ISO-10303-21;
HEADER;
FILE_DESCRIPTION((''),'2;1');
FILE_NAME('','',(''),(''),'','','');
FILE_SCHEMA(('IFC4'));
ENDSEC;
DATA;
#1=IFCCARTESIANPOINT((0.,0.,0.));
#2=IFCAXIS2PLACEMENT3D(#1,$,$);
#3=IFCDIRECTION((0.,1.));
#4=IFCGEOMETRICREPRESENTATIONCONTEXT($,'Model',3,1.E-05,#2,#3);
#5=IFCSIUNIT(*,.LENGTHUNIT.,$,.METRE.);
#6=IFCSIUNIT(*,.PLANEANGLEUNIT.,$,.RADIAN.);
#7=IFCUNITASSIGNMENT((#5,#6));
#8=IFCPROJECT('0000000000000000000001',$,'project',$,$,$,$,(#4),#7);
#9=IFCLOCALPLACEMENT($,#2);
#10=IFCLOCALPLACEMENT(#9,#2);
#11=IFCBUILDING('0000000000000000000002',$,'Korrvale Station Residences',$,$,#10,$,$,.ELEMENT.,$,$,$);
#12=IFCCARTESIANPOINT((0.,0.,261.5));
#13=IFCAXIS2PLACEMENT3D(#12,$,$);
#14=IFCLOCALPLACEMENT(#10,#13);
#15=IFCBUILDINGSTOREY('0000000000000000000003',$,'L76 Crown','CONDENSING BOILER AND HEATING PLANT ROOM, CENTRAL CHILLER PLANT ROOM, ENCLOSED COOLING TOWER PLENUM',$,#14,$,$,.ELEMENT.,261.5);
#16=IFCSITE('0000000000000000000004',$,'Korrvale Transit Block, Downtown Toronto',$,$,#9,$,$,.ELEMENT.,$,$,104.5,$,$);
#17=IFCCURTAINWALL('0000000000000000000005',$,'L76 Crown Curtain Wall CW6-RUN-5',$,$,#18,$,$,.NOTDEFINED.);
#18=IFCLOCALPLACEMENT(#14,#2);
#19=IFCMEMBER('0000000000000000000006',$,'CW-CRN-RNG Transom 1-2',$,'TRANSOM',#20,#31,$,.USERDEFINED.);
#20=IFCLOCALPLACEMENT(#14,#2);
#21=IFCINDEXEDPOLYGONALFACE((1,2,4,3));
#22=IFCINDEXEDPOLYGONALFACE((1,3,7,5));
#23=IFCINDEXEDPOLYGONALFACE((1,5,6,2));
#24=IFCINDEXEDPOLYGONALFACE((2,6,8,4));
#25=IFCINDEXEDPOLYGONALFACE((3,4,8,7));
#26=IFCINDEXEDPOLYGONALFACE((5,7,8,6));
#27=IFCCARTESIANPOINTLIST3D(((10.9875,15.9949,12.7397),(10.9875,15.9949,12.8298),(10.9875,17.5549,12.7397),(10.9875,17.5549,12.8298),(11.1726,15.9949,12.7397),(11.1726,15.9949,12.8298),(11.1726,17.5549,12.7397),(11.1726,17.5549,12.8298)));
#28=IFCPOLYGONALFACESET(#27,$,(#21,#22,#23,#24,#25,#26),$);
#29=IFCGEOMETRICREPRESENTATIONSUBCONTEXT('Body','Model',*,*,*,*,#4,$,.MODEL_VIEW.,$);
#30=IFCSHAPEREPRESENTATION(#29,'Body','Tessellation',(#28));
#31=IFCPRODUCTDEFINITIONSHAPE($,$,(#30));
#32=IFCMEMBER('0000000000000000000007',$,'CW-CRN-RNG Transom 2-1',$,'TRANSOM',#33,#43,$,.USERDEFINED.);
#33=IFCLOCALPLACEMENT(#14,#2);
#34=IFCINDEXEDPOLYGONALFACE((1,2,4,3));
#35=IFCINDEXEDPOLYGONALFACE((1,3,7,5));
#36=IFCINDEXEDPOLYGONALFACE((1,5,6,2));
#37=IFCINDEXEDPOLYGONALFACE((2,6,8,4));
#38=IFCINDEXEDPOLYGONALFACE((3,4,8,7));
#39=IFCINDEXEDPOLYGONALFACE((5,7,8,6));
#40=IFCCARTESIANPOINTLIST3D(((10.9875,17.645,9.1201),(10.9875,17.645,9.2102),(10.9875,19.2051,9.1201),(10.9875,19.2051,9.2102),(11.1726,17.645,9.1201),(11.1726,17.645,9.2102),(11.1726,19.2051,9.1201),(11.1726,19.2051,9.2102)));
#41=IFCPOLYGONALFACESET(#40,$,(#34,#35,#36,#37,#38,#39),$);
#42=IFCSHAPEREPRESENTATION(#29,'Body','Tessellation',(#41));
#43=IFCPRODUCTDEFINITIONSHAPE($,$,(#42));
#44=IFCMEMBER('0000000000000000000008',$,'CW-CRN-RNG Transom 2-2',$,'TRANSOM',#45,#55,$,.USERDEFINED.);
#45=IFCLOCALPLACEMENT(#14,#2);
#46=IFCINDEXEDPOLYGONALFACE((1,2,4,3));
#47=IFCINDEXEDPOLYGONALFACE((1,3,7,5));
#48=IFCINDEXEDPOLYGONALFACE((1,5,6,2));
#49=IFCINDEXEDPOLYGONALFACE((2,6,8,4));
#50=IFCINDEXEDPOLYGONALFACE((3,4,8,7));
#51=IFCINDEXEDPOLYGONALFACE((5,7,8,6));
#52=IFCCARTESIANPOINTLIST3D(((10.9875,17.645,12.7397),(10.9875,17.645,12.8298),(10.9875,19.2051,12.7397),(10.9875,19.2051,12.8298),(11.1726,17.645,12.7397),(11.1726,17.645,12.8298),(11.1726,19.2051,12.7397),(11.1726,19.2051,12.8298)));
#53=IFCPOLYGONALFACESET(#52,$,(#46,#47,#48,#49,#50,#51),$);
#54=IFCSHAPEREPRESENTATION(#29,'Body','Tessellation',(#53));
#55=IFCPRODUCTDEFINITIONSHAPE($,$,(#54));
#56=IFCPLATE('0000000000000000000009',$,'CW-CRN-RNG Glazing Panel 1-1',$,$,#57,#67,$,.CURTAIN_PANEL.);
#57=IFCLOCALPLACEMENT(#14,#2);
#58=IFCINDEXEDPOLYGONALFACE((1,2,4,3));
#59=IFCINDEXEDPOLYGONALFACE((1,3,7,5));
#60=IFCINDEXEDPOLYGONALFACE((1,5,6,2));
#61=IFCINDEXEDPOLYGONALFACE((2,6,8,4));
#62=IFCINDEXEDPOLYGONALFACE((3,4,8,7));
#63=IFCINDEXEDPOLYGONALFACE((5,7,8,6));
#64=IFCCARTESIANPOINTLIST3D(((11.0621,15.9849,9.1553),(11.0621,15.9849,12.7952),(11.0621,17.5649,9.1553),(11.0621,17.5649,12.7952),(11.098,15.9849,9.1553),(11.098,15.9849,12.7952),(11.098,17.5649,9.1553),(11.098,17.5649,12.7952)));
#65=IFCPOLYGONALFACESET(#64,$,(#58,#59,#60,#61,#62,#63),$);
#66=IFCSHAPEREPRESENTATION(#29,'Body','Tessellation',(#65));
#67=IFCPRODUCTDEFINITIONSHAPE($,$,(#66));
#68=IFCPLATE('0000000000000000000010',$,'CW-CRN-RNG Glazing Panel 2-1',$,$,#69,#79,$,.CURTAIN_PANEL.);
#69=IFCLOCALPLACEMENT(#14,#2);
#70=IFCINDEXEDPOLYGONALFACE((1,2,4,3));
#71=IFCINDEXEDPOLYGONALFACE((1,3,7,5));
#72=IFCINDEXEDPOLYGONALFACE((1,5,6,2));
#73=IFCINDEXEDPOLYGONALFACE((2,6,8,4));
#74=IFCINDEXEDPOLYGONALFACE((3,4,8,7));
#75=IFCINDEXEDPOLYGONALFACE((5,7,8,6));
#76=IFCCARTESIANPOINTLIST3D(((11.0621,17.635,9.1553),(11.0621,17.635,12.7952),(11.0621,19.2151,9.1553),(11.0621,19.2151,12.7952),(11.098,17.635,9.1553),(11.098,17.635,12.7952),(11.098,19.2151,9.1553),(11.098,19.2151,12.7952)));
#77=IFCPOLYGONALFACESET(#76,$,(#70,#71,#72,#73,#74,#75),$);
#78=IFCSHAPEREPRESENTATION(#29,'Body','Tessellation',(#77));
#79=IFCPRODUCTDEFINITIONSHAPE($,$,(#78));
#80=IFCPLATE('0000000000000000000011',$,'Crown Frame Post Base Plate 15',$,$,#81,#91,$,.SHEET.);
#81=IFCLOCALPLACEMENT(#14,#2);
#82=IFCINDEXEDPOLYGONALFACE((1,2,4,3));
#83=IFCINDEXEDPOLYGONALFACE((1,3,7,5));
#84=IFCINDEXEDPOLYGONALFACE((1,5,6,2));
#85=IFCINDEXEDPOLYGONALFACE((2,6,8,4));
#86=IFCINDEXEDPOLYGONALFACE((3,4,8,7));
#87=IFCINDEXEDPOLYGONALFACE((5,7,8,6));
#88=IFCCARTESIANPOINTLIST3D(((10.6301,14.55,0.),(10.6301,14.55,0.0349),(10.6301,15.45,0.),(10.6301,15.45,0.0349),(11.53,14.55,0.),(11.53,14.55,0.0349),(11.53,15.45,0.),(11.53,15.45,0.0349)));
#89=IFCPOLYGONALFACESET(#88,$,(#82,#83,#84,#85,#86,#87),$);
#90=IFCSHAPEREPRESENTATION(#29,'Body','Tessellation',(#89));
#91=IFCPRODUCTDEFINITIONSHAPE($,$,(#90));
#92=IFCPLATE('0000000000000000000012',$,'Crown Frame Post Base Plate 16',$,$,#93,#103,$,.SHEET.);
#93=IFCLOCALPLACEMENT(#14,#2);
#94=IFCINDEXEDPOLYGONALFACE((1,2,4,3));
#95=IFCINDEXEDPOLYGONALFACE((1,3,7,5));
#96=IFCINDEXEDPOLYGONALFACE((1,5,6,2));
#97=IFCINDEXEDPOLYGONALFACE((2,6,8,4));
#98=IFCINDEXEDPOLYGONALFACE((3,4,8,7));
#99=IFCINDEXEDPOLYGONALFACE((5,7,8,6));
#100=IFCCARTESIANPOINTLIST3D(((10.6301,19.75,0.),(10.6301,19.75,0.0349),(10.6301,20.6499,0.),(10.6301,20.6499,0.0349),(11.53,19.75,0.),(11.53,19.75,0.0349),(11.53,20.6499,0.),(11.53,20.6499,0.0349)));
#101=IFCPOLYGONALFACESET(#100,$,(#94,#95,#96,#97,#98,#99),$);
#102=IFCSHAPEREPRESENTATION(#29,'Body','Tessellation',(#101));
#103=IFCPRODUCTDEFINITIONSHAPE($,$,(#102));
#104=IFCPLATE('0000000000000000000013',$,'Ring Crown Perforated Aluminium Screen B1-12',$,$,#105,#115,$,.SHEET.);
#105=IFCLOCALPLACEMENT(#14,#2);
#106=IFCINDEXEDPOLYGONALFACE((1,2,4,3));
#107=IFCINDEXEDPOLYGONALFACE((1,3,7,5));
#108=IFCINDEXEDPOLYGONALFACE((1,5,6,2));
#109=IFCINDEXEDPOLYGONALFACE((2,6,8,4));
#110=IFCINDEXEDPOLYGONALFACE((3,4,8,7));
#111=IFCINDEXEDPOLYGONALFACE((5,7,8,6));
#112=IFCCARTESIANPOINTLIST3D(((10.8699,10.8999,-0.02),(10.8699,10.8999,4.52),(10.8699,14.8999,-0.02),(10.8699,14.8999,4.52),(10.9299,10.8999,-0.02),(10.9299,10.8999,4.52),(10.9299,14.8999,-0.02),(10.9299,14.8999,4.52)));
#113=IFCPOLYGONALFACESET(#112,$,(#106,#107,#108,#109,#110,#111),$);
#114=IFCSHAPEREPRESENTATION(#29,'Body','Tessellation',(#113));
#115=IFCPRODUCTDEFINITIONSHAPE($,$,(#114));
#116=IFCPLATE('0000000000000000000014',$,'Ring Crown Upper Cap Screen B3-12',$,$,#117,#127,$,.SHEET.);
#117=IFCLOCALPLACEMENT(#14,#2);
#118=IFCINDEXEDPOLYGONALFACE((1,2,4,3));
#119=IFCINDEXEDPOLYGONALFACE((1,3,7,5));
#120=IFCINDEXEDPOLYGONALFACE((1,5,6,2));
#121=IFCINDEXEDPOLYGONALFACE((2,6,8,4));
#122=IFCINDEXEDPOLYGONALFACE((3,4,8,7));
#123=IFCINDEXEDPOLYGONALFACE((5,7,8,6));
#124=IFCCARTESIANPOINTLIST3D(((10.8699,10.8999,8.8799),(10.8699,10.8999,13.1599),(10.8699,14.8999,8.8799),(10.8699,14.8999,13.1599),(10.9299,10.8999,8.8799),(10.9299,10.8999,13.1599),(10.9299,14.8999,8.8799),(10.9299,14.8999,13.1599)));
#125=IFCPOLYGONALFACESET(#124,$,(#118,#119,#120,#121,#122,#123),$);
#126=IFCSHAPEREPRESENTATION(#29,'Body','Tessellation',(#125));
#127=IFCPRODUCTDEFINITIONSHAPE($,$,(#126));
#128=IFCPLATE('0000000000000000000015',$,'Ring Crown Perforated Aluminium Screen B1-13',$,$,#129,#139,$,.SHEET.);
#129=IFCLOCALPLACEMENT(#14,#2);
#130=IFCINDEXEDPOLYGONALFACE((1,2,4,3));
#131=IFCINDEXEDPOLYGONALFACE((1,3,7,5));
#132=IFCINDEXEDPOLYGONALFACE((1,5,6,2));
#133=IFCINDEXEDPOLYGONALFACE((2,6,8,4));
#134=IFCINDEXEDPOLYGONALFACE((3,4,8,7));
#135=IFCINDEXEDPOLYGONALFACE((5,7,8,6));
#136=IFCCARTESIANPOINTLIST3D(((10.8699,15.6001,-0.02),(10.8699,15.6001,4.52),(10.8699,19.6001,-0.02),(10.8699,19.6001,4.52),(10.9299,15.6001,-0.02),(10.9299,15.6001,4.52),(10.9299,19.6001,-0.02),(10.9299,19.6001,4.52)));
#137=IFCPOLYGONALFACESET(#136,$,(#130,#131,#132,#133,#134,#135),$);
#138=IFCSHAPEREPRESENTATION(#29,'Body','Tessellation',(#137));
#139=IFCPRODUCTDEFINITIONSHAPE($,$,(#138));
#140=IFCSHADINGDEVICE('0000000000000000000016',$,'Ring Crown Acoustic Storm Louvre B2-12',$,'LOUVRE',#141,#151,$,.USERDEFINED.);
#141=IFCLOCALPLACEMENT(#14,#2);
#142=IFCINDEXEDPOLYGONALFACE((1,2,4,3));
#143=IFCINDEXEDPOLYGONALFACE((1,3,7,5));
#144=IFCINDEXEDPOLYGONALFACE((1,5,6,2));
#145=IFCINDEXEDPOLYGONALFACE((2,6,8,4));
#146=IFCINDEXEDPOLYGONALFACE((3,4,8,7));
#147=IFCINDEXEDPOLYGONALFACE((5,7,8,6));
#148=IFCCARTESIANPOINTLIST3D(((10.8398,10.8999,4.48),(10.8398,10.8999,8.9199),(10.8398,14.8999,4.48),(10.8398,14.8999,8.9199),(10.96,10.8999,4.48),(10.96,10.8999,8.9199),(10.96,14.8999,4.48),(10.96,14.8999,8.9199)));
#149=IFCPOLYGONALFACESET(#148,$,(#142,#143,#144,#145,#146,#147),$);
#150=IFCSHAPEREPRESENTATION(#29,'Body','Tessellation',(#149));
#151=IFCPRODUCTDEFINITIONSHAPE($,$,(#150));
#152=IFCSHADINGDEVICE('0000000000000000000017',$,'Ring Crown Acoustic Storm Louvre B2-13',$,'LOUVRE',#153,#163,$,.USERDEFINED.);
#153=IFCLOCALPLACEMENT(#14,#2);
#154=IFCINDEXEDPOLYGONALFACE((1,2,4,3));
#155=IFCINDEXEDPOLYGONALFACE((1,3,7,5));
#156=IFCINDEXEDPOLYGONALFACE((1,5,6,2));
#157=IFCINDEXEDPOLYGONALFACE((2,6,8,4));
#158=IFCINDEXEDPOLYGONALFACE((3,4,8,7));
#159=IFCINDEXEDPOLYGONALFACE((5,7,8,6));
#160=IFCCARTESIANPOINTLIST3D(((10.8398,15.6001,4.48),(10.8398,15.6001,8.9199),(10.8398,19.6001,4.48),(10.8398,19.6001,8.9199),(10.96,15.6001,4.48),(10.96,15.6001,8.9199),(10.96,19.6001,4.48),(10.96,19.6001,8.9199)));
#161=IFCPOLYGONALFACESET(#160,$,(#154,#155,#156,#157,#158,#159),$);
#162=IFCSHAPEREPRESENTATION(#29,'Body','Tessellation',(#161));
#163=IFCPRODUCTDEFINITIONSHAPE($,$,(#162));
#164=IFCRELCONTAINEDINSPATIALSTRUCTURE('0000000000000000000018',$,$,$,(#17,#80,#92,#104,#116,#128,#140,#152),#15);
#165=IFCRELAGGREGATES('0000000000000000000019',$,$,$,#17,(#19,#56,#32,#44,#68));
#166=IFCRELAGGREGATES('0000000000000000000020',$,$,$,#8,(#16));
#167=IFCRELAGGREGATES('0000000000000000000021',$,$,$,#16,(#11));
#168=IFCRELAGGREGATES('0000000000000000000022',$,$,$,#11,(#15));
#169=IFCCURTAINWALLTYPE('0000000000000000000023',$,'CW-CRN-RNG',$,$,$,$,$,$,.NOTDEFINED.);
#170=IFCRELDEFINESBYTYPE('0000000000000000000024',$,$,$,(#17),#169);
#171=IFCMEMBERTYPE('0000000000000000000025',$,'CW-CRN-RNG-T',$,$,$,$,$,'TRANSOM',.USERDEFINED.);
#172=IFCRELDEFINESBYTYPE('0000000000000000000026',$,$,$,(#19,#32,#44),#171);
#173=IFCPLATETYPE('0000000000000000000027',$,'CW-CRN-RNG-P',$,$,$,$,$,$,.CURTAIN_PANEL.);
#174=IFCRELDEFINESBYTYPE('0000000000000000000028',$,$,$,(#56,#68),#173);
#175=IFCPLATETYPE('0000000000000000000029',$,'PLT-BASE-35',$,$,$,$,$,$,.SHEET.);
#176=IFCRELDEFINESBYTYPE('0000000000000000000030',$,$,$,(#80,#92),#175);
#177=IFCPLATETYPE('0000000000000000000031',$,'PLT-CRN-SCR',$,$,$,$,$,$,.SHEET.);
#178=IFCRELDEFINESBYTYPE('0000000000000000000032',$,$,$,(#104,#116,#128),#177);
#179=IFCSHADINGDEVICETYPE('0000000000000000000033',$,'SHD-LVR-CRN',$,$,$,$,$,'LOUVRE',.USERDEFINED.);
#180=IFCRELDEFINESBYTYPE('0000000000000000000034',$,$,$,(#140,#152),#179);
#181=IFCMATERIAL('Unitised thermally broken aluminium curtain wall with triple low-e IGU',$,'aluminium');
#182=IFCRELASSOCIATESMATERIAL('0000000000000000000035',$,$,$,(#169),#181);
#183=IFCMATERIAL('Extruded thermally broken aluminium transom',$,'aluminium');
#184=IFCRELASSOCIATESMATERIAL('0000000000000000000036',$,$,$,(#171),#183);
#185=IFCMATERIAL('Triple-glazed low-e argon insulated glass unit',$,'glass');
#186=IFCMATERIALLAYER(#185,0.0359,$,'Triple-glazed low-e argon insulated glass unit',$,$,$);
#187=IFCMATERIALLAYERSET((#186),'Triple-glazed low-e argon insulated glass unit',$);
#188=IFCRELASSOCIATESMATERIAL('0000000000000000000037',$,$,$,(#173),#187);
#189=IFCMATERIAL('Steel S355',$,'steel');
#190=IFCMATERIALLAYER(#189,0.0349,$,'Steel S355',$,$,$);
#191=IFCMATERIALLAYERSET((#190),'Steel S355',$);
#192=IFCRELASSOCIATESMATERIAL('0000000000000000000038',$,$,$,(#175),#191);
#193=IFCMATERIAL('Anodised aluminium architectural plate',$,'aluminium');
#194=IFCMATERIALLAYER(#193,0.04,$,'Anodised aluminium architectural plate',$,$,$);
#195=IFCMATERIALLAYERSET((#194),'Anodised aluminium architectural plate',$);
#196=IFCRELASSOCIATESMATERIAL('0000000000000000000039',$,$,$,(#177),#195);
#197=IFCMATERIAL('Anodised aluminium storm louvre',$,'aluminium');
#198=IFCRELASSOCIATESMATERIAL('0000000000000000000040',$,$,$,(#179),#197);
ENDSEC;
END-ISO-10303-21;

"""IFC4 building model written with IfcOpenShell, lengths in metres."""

from ifc_helpers import new_model, si_unit, direction, frame, origin, origin_2d, place, context, subcontext, project, spatial, rectangle, extrude, material, layer, layer_set, type_object, element, aggregate, save


model = new_model("IFC4")

# Units and contexts
model_context = context("Model", 3, precision=1e-05, world=origin(), true_north=direction((0.0, 1.0)))
body_context = subcontext(model_context, "Body", "Model", "MODEL_VIEW")
ifc_project = project(units=[si_unit("LENGTHUNIT", "METRE"), si_unit("PLANEANGLEUNIT", "RADIAN")], contexts=[model_context])

# Site, building, storey
site_placement = place(None, origin())
site = spatial("IfcSite", under=ifc_project, at=site_placement, Name="Korrvale Transit Block, Downtown Toronto", CompositionType="ELEMENT", RefElevation=104.5)
building_placement = place(site_placement, origin())
building = spatial("IfcBuilding", under=site, at=building_placement, Name="Korrvale Station Residences", CompositionType="ELEMENT")
storey_placement = place(building_placement, frame((0.0, 0.0, 261.5)))
storey = spatial("IfcBuildingStorey", under=building, at=storey_placement, Name="L76 Crown", Description="CONDENSING BOILER AND HEATING PLANT ROOM, CENTRAL CHILLER PLANT ROOM, ENCLOSED COOLING TOWER PLENUM", CompositionType="ELEMENT", Elevation=261.5)

# Shared definitions
ifc_material_1 = material(Name="Steel S355", Category="steel")

# Curtain wall, members, plates
ifc_material_2 = material(Name="Unitised thermally broken aluminium curtain wall with triple low-e IGU", Category="aluminium")
curtain_wall_type = type_object("IfcCurtainWallType", Name="CW-CRN-RNG", PredefinedType="NOTDEFINED", material=ifc_material_2)
curtain_wall_placement = place(storey_placement, origin())
curtain_wall = element("IfcCurtainWall", 1, at=curtain_wall_placement, inside=storey, type_object=curtain_wall_type, Name="L76 Crown Curtain Wall CW6-RUN-5", PredefinedType="NOTDEFINED")
ifc_material_3 = material(Name="Extruded thermally broken aluminium transom", Category="aluminium")
member_type_1 = type_object("IfcMemberType", Name="CW-CRN-RNG-T", ElementType="TRANSOM", PredefinedType="USERDEFINED", material=ifc_material_3)
member_1_placement = place(storey_placement, frame((11.0801, 16.7749, 12.7397), z_axis=(0.0, 0.0, 1.0), x_axis=(0.0, 1.0, 0.0)))
member_1 = element("IfcMember", 2, at=member_1_placement, type_object=member_type_1, Name="CW-CRN-RNG Transom 1-2", ObjectType="TRANSOM", PredefinedType="USERDEFINED", context=body_context, shape_type="SweptSolid", body=[
    extrude(rectangle(XDim=1.5601, YDim=0.1851, at=origin_2d()), origin(), (0.0, 0.0, 1.0), 0.0901),
])
member_2_placement = place(storey_placement, frame((11.0801, 18.425, 9.1201), z_axis=(0.0, 0.0, 1.0), x_axis=(0.0, 1.0, 0.0)))
member_2 = element("IfcMember", 3, at=member_2_placement, type_object=member_type_1, Name="CW-CRN-RNG Transom 2-1", ObjectType="TRANSOM", PredefinedType="USERDEFINED", context=body_context, shape_type="SweptSolid", body=[
    extrude(rectangle(XDim=1.5601, YDim=0.1851, at=origin_2d()), origin(), (0.0, 0.0, 1.0), 0.0901),
])
member_3_placement = place(storey_placement, frame((11.0801, 18.425, 12.7397), z_axis=(0.0, 0.0, 1.0), x_axis=(0.0, 1.0, 0.0)))
member_3 = element("IfcMember", 4, at=member_3_placement, type_object=member_type_1, Name="CW-CRN-RNG Transom 2-2", ObjectType="TRANSOM", PredefinedType="USERDEFINED", context=body_context, shape_type="SweptSolid", body=[
    extrude(rectangle(XDim=1.5601, YDim=0.1851, at=origin_2d()), origin(), (0.0, 0.0, 1.0), 0.0901),
])
ifc_material_4 = material(Name="Triple-glazed low-e argon insulated glass unit", Category="glass")
ifc_layer_1 = layer(ifc_material_4, 0.0359, Name="Triple-glazed low-e argon insulated glass unit")
ifc_layer_set_1 = layer_set([ifc_layer_1], Name="Triple-glazed low-e argon insulated glass unit")
plate_type_1 = type_object("IfcPlateType", Name="CW-CRN-RNG-P", PredefinedType="CURTAIN_PANEL", material=ifc_layer_set_1)
plate_1_placement = place(storey_placement, frame((11.0801, 16.7749, 9.1553), z_axis=(0.0, 0.0, 1.0), x_axis=(0.0, 1.0, 0.0)))
plate_1 = element("IfcPlate", 5, at=plate_1_placement, type_object=plate_type_1, Name="CW-CRN-RNG Glazing Panel 1-1", PredefinedType="CURTAIN_PANEL", context=body_context, shape_type="SweptSolid", body=[
    extrude(rectangle(XDim=1.5801, YDim=0.0359, at=origin_2d()), origin(), (0.0, 0.0, 1.0), 3.6399),
])
plate_2_placement = place(storey_placement, frame((11.0801, 18.425, 9.1553), z_axis=(0.0, 0.0, 1.0), x_axis=(0.0, 1.0, 0.0)))
plate_2 = element("IfcPlate", 6, at=plate_2_placement, type_object=plate_type_1, Name="CW-CRN-RNG Glazing Panel 2-1", PredefinedType="CURTAIN_PANEL", context=body_context, shape_type="SweptSolid", body=[
    extrude(rectangle(XDim=1.5801, YDim=0.0359, at=origin_2d()), origin(), (0.0, 0.0, 1.0), 3.6399),
])
aggregate(curtain_wall, [member_1, plate_1, member_2, member_3, plate_2])

# Plates
ifc_layer_2 = layer(ifc_material_1, 0.0349, Name="Steel S355")
ifc_layer_set_2 = layer_set([ifc_layer_2], Name="Steel S355")
plate_type_2 = type_object("IfcPlateType", Name="PLT-BASE-35", PredefinedType="SHEET", material=ifc_layer_set_2)
for number, where, z_axis, x_axis, name in (
    (7, (11.0801, 15.0, 0.0), (0.0, 0.0, 1.0), (1.0, 0.0, 0.0), "Crown Frame Post Base Plate 15"),
    (8, (11.0801, 20.2, 0.0), (0.0, 0.0, 1.0), (1.0, 0.0, 0.0), "Crown Frame Post Base Plate 16"),
):
    element("IfcPlate", number, at=place(storey_placement, frame(where, z_axis=z_axis, x_axis=x_axis)), inside=storey, type_object=plate_type_2, Name=name, PredefinedType="SHEET", context=body_context, shape_type="SweptSolid", body=[
        extrude(rectangle(XDim=0.8999, YDim=0.8999, at=origin_2d()), origin(), (0.0, 0.0, 1.0), 0.0349),
    ])
ifc_material_5 = material(Name="Anodised aluminium architectural plate", Category="aluminium")
ifc_layer_3 = layer(ifc_material_5, 0.04, Name="Anodised aluminium architectural plate")
ifc_layer_set_3 = layer_set([ifc_layer_3], Name="Anodised aluminium architectural plate")
plate_type_3 = type_object("IfcPlateType", Name="PLT-CRN-SCR", PredefinedType="SHEET", material=ifc_layer_set_3)
plate_3_placement = place(storey_placement, frame((10.8999, 12.8999, -0.02), z_axis=(0.0, 0.0, 1.0), x_axis=(0.0, 1.0, 0.0)))
element("IfcPlate", 9, at=plate_3_placement, inside=storey, type_object=plate_type_3, Name="Ring Crown Perforated Aluminium Screen B1-12", PredefinedType="SHEET", context=body_context, shape_type="SweptSolid", body=[
    extrude(rectangle(XDim=4.0, YDim=0.0601, at=origin_2d()), origin(), (0.0, 0.0, 1.0), 4.54),
])
plate_4_placement = place(storey_placement, frame((10.8999, 12.8999, 8.8799), z_axis=(0.0, 0.0, 1.0), x_axis=(0.0, 1.0, 0.0)))
element("IfcPlate", 10, at=plate_4_placement, inside=storey, type_object=plate_type_3, Name="Ring Crown Upper Cap Screen B3-12", PredefinedType="SHEET", context=body_context, shape_type="SweptSolid", body=[
    extrude(rectangle(XDim=4.0, YDim=0.0601, at=origin_2d()), origin(), (0.0, 0.0, 1.0), 4.28),
])
plate_5_placement = place(storey_placement, frame((10.8999, 17.6001, -0.02), z_axis=(0.0, 0.0, 1.0), x_axis=(0.0, 1.0, 0.0)))
element("IfcPlate", 11, at=plate_5_placement, inside=storey, type_object=plate_type_3, Name="Ring Crown Perforated Aluminium Screen B1-13", PredefinedType="SHEET", context=body_context, shape_type="SweptSolid", body=[
    extrude(rectangle(XDim=4.0, YDim=0.0601, at=origin_2d()), origin(), (0.0, 0.0, 1.0), 4.54),
])

# Shading devices
ifc_material_6 = material(Name="Anodised aluminium storm louvre", Category="aluminium")
shading_device_type = type_object("IfcShadingDeviceType", Name="SHD-LVR-CRN", ElementType="LOUVRE", PredefinedType="USERDEFINED", material=ifc_material_6)
for number, where, z_axis, x_axis, name in (
    (12, (10.8999, 12.8999, 4.48), (0.0, 0.0, 1.0), (0.0, 1.0, 0.0), "Ring Crown Acoustic Storm Louvre B2-12"),
    (13, (10.8999, 17.6001, 4.48), (0.0, 0.0, 1.0), (0.0, 1.0, 0.0), "Ring Crown Acoustic Storm Louvre B2-13"),
):
    element("IfcShadingDevice", number, at=place(storey_placement, frame(where, z_axis=z_axis, x_axis=x_axis)), inside=storey, type_object=shading_device_type, Name=name, ObjectType="LOUVRE", PredefinedType="USERDEFINED", context=body_context, shape_type="SweptSolid", body=[
        extrude(rectangle(XDim=4.0, YDim=0.1201, at=origin_2d()), origin(), (0.0, 0.0, 1.0), 4.4399),
    ])

save(model, "model.ifc")
